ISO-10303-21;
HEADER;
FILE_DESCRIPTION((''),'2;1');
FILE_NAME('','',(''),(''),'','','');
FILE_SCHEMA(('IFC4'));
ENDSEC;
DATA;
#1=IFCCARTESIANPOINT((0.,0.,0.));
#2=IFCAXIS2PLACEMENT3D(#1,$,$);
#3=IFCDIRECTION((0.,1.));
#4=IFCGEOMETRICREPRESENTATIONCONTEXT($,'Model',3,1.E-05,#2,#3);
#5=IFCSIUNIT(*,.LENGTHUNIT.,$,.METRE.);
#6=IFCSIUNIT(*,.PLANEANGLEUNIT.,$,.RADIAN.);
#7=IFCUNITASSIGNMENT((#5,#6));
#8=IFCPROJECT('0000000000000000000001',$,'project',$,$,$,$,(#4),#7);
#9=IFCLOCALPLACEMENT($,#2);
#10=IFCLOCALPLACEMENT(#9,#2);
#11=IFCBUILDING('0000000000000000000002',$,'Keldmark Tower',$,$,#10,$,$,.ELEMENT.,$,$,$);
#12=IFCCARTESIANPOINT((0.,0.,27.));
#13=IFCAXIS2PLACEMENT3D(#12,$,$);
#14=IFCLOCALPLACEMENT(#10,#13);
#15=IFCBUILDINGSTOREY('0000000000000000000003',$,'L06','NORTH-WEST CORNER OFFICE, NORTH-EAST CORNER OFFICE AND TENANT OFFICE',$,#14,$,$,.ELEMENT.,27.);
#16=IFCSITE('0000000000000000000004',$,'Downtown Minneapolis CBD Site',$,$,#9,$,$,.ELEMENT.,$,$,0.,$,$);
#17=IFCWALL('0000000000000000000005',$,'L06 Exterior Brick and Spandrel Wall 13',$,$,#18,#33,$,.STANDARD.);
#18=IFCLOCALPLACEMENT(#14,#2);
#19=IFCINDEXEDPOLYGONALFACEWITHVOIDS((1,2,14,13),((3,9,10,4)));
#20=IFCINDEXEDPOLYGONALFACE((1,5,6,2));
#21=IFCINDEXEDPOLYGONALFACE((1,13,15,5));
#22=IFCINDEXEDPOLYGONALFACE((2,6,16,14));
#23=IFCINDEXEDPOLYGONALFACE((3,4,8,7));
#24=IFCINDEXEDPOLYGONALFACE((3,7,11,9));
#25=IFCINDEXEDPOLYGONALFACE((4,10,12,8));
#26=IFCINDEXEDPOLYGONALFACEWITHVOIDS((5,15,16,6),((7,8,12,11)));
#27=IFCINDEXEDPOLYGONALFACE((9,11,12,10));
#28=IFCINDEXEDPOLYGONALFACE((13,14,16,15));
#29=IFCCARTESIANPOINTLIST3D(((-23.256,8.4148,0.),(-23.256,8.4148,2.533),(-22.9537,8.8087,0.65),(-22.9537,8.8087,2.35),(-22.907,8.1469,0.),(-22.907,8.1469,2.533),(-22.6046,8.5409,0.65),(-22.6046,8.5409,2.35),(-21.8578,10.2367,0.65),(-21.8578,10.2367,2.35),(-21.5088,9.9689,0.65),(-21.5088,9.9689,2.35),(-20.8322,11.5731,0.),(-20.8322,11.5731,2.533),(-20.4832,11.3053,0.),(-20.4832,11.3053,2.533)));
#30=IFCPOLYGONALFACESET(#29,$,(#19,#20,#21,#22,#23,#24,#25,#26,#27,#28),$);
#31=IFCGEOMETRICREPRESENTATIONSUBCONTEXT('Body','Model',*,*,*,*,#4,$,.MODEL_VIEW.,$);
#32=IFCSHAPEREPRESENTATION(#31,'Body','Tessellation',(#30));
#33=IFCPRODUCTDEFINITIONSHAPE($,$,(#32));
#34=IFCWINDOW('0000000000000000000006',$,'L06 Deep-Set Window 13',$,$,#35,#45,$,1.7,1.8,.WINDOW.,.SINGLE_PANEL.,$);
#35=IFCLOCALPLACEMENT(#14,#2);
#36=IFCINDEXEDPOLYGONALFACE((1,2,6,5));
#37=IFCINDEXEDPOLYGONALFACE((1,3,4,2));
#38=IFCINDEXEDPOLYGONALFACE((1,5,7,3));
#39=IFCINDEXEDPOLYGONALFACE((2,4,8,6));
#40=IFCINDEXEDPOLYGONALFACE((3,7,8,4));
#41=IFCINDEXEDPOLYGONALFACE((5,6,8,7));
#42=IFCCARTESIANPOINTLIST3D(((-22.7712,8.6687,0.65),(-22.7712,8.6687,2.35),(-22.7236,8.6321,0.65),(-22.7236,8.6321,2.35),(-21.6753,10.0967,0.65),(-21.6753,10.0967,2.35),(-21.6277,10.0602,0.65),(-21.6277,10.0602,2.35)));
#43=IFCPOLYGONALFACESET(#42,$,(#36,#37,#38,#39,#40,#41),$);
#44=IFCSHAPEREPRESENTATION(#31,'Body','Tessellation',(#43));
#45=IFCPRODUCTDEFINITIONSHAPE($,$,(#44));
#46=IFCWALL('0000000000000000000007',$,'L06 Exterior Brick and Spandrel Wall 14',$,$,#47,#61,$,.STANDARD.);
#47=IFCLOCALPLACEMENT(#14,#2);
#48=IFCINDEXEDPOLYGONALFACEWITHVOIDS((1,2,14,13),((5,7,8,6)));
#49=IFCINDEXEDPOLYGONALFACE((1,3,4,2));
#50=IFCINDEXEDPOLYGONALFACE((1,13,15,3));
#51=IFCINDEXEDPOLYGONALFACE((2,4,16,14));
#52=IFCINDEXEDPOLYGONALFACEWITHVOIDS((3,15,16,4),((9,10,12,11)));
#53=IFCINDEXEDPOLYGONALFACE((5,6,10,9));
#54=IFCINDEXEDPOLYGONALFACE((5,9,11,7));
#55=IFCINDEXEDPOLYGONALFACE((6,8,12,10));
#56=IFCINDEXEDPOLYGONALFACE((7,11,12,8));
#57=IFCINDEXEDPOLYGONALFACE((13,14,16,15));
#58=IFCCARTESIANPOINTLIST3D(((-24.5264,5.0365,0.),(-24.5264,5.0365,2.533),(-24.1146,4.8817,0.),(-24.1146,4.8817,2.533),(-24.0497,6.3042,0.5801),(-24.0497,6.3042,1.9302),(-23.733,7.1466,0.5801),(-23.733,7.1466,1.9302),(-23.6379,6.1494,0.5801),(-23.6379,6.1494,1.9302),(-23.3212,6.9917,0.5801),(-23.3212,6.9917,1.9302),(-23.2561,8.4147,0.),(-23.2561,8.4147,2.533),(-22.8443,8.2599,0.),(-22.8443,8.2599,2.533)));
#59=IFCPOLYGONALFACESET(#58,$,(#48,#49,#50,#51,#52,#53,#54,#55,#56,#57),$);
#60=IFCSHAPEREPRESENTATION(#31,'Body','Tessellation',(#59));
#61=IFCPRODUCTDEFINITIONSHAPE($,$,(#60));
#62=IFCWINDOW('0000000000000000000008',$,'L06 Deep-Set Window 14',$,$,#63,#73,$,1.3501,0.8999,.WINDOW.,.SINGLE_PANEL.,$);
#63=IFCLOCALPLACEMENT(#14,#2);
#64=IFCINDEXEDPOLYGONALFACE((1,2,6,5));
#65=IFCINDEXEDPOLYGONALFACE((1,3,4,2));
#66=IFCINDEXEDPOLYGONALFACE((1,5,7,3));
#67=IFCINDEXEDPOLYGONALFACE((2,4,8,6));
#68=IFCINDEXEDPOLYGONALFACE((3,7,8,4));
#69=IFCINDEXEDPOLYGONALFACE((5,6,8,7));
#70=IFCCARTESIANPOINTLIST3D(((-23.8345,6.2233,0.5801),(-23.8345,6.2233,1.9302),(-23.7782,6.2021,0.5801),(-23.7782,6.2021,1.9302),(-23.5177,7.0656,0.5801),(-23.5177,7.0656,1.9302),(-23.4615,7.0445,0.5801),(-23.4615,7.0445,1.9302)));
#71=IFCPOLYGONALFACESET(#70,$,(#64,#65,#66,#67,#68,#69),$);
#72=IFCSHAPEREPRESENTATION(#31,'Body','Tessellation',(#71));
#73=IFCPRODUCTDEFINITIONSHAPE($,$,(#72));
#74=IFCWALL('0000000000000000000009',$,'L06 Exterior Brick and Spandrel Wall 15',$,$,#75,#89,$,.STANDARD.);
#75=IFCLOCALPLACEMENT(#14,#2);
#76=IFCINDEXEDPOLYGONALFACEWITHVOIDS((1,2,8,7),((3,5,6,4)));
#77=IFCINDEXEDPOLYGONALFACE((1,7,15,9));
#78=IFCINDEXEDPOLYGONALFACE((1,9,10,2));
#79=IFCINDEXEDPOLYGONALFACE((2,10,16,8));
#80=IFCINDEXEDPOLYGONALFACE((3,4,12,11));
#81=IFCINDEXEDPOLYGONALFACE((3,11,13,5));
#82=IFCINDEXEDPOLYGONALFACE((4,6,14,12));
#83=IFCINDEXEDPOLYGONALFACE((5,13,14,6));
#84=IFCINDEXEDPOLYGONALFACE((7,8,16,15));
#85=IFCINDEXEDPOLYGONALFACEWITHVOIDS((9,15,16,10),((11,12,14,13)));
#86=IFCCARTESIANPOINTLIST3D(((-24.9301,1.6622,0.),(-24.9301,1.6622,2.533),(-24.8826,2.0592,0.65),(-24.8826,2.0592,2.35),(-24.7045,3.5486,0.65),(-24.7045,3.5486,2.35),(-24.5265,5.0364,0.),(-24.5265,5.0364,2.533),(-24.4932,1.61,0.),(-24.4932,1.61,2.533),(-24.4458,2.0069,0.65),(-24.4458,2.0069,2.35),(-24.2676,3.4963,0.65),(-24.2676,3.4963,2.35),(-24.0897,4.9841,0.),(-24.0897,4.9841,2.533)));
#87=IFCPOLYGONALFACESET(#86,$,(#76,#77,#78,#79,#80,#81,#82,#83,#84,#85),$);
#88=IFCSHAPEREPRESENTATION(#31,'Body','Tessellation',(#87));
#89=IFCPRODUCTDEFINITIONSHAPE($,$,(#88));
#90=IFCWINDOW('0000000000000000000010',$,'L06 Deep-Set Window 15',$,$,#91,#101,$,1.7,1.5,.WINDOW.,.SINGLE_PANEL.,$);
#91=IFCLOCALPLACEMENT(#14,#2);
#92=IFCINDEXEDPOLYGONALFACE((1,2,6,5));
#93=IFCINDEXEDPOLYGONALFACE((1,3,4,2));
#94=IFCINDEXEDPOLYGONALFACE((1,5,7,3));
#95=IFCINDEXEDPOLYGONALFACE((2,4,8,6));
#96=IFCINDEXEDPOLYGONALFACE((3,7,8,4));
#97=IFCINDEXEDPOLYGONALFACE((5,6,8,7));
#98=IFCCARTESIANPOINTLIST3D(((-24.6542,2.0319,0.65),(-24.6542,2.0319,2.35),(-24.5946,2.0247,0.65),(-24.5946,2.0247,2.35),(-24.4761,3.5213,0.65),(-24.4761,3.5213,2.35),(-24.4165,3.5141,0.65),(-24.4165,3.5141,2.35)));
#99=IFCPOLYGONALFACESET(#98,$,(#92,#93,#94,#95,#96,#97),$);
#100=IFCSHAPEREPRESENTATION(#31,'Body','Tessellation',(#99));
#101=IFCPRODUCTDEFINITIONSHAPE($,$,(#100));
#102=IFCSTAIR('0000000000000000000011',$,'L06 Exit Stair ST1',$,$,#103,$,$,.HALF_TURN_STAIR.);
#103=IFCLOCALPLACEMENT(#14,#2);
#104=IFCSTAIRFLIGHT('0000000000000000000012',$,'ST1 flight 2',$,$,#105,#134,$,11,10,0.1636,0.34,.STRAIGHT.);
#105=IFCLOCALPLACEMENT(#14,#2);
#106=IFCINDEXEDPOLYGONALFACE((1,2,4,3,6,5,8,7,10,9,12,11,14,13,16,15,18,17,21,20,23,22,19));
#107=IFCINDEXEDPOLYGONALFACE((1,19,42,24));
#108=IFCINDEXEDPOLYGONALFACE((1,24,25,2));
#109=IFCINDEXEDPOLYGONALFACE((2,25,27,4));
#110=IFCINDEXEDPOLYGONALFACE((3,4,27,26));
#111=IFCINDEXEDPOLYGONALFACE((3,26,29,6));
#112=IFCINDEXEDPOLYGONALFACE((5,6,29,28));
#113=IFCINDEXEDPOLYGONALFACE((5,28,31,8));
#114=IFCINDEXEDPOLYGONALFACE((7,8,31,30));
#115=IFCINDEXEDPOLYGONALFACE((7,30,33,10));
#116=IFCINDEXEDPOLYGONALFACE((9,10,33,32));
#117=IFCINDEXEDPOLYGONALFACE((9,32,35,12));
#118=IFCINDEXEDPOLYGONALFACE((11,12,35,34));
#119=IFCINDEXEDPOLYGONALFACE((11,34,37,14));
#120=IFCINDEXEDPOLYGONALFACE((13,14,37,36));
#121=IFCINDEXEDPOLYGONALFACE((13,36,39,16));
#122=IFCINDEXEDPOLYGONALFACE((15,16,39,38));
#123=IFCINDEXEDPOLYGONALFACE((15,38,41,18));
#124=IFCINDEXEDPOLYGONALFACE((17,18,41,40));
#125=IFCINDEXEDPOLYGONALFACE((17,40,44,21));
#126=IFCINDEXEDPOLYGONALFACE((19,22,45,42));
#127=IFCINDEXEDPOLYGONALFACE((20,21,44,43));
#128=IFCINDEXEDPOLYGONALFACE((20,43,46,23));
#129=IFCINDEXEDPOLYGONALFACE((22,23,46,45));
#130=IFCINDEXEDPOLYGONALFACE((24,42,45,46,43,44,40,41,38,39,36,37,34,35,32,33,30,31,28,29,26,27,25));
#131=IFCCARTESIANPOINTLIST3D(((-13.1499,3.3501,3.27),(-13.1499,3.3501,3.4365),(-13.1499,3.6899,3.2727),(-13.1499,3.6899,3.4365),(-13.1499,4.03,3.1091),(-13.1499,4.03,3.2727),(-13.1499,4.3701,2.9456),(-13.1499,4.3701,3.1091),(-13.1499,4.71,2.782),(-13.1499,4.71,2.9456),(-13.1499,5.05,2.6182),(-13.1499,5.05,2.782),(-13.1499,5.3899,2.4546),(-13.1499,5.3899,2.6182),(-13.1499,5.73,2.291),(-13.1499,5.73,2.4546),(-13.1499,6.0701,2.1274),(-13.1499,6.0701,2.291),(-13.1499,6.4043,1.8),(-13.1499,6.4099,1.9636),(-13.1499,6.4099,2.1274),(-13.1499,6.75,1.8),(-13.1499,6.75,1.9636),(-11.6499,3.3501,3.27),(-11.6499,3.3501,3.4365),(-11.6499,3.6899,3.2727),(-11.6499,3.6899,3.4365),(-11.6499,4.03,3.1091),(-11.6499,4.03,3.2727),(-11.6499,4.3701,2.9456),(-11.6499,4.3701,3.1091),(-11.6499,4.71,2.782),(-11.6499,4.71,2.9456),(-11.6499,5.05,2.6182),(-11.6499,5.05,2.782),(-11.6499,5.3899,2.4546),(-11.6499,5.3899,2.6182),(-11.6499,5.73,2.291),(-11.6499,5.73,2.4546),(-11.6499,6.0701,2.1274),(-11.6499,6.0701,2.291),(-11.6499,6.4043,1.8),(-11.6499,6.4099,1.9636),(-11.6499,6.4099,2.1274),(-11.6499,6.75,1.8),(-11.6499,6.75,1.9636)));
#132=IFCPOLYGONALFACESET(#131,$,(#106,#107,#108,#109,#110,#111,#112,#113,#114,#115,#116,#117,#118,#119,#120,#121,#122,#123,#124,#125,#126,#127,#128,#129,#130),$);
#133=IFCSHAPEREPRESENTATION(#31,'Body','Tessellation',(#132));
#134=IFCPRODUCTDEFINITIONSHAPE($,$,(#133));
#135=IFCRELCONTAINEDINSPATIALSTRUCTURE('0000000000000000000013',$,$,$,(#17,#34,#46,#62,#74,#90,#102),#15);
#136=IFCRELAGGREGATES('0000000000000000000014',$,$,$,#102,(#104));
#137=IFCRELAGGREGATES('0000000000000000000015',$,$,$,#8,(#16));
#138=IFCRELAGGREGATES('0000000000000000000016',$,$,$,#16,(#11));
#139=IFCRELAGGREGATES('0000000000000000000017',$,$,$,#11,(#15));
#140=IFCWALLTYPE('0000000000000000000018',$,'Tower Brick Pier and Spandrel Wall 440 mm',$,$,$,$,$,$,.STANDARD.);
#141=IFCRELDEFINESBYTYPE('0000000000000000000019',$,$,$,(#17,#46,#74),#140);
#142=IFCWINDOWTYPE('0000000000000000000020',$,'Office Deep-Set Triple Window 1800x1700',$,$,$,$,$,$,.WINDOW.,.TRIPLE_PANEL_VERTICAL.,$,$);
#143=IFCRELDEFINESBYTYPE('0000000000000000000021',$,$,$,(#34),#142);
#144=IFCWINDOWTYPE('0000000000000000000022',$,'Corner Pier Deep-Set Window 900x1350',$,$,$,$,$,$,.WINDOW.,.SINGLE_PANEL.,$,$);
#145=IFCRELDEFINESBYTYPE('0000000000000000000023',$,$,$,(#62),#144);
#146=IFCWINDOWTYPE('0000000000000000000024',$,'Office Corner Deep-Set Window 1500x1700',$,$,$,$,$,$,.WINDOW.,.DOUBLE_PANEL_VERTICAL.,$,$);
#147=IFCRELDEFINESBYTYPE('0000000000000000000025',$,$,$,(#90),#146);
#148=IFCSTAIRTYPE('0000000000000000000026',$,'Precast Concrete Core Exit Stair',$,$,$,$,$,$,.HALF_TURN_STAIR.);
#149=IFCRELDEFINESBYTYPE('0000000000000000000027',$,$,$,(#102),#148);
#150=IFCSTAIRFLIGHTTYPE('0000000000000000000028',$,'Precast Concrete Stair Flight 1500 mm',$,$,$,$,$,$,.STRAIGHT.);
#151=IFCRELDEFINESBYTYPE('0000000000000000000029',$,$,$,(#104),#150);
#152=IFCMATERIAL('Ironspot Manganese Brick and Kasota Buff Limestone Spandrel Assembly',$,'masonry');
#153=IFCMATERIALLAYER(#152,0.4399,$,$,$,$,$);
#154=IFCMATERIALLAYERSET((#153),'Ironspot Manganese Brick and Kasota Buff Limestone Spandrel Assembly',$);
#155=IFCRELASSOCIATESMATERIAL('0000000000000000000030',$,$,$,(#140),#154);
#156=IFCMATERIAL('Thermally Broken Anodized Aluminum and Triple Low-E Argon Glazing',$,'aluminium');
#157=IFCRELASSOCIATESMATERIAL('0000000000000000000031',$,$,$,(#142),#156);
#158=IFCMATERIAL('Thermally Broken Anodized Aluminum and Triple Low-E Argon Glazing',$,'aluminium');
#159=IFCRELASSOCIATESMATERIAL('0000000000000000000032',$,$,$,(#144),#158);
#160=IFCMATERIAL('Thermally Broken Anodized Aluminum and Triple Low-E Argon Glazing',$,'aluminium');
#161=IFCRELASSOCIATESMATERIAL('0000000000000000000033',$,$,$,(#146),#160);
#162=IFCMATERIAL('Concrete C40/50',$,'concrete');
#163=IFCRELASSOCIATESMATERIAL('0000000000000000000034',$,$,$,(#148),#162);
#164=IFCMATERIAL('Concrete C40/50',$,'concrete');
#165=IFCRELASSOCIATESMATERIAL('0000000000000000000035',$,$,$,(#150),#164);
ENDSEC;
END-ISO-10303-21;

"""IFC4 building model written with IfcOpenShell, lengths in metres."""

from ifc_helpers import new_model, si_unit, direction, frame, frame_2d, origin, place, context, subcontext, project, spatial, polyline, rectangle, outline, extrude, material, layer, layer_set, type_object, element, fill, aggregate, save


model = new_model("IFC4")

# Units and contexts
model_context = context("Model", 3, precision=1e-05, world=origin(), true_north=direction((0.0, 1.0)))
body_context = subcontext(model_context, "Body", "Model", "MODEL_VIEW")
ifc_project = project(units=[si_unit("LENGTHUNIT", "METRE"), si_unit("PLANEANGLEUNIT", "RADIAN")], contexts=[model_context])

# Site, building, storey
site_placement = place(None, origin())
site = spatial("IfcSite", under=ifc_project, at=site_placement, Name="Downtown Minneapolis CBD Site", CompositionType="ELEMENT", RefElevation=0.0)
building_placement = place(site_placement, origin())
building = spatial("IfcBuilding", under=site, at=building_placement, Name="Keldmark Tower", CompositionType="ELEMENT")
storey_placement = place(building_placement, frame((0.0, 0.0, 27.0)))
storey = spatial("IfcBuildingStorey", under=building, at=storey_placement, Name="L06", Description="NORTH-WEST CORNER OFFICE, NORTH-EAST CORNER OFFICE AND TENANT OFFICE", CompositionType="ELEMENT", Elevation=27.0)

# Walls, openings, windows
ifc_material_1 = material(Name="Ironspot Manganese Brick and Kasota Buff Limestone Spandrel Assembly", Category="masonry")
ifc_layer_1 = layer(ifc_material_1, 0.4399)
ifc_layer_set_1 = layer_set([ifc_layer_1], Name="Ironspot Manganese Brick and Kasota Buff Limestone Spandrel Assembly")
wall_type_1 = type_object("IfcWallType", Name="Tower Brick Pier and Spandrel Wall 440 mm", PredefinedType="STANDARD", material=ifc_layer_set_1)
wall_1_placement = place(storey_placement, frame((-23.0815, 8.2808, 0.0), z_axis=(0.0, 0.0, 1.0), x_axis=(0.608804, 0.793321, 0.0)))
wall_1 = element("IfcWall", 1, at=wall_1_placement, inside=storey, type_object=wall_type_1, Name="L06 Exterior Brick and Spandrel Wall 13", PredefinedType="STANDARD", context=body_context, shape_type="SweptSolid", body=[
    extrude(rectangle(XDim=3.9812, YDim=0.4399, at=frame_2d((1.9907, 0.0))), origin(), (0.0, 0.0, 1.0), 2.533),
])
opening_1_placement = place(wall_1_placement, frame((0.4968, 0.0, 0.6499)))
opening_1 = element("IfcOpeningElement", 2, at=opening_1_placement, cuts=wall_1, PredefinedType="OPENING", context=body_context, shape_type="SweptSolid", body=[
    extrude(rectangle(XDim=1.8, YDim=1.7, at=frame_2d((0.8999, 0.8501))), frame((0.0, 0.23, 0.0), z_axis=(0.0, -1.0, 0.0), x_axis=(1.0, 0.0, 0.0)), (0.0, 0.0, 1.0), 0.46),
])
ifc_material_2 = material(Name="Thermally Broken Anodized Aluminum and Triple Low-E Argon Glazing", Category="aluminium")
window_type_1 = type_object("IfcWindowType", Name="Office Deep-Set Triple Window 1800x1700", PartitioningType="TRIPLE_PANEL_VERTICAL", PredefinedType="WINDOW", material=ifc_material_2)
window_1_placement = place(opening_1_placement, origin())
window_1 = element("IfcWindow", 3, at=window_1_placement, inside=storey, type_object=window_type_1, Name="L06 Deep-Set Window 13", OverallHeight=1.7, OverallWidth=1.8, PartitioningType="SINGLE_PANEL", PredefinedType="WINDOW", context=body_context, shape_type="SweptSolid", body=[
    extrude(rectangle(XDim=1.8, YDim=1.7, at=frame_2d((0.8999, 0.8501))), frame((0.0, -0.01, 0.0), z_axis=(0.0, -1.0, 0.0), x_axis=(1.0, 0.0, 0.0)), (0.0, 0.0, 1.0), 0.0601),
])
fill(opening_1, window_1)
wall_2_placement = place(storey_placement, frame((-24.3206, 4.959, 0.0), z_axis=(0.0, 0.0, 1.0), x_axis=(0.351961, 0.936015, 0.0)))
wall_2 = element("IfcWall", 4, at=wall_2_placement, inside=storey, type_object=wall_type_1, Name="L06 Exterior Brick and Spandrel Wall 14", PredefinedType="STANDARD", context=body_context, shape_type="SweptSolid", body=[
    extrude(rectangle(XDim=3.6091, YDim=0.4399, at=frame_2d((1.8047, 0.0))), origin(), (0.0, 0.0, 1.0), 2.533),
])
opening_2_placement = place(wall_2_placement, frame((1.3545, 0.0, 0.5801)))
opening_2 = element("IfcOpeningElement", 5, at=opening_2_placement, cuts=wall_2, PredefinedType="OPENING", context=body_context, shape_type="SweptSolid", body=[
    extrude(rectangle(XDim=0.8999, YDim=1.3501, at=frame_2d((0.45, 0.675))), frame((0.0, 0.23, 0.0), z_axis=(0.0, -1.0, 0.0), x_axis=(1.0, 0.0, 0.0)), (0.0, 0.0, 1.0), 0.46),
])
ifc_material_3 = material(Name="Thermally Broken Anodized Aluminum and Triple Low-E Argon Glazing", Category="aluminium")
window_type_2 = type_object("IfcWindowType", Name="Corner Pier Deep-Set Window 900x1350", PartitioningType="SINGLE_PANEL", PredefinedType="WINDOW", material=ifc_material_3)
window_2_placement = place(opening_2_placement, origin())
window_2 = element("IfcWindow", 6, at=window_2_placement, inside=storey, type_object=window_type_2, Name="L06 Deep-Set Window 14", OverallHeight=1.3501, OverallWidth=0.8999, PartitioningType="SINGLE_PANEL", PredefinedType="WINDOW", context=body_context, shape_type="SweptSolid", body=[
    extrude(rectangle(XDim=0.8999, YDim=1.3501, at=frame_2d((0.45, 0.675))), frame((0.0, -0.01, 0.0), z_axis=(0.0, -1.0, 0.0), x_axis=(1.0, 0.0, 0.0)), (0.0, 0.0, 1.0), 0.0601),
])
fill(opening_2, window_2)
wall_3_placement = place(storey_placement, frame((-24.7117, 1.636, 0.0), z_axis=(0.0, 0.0, 1.0), x_axis=(0.118754, 0.992924, 0.0)))
wall_3 = element("IfcWall", 7, at=wall_3_placement, inside=storey, type_object=wall_type_1, Name="L06 Exterior Brick and Spandrel Wall 15", PredefinedType="STANDARD", context=body_context, shape_type="SweptSolid", body=[
    extrude(rectangle(XDim=3.3982, YDim=0.4399, at=frame_2d((1.6992, 0.0))), origin(), (0.0, 0.0, 1.0), 2.533),
])
opening_3_placement = place(wall_3_placement, frame((0.3999, 0.0, 0.6499)))
opening_3 = element("IfcOpeningElement", 8, at=opening_3_placement, cuts=wall_3, PredefinedType="OPENING", context=body_context, shape_type="SweptSolid", body=[
    extrude(rectangle(XDim=1.5, YDim=1.7, at=frame_2d((0.75, 0.8501))), frame((0.0, 0.23, 0.0), z_axis=(0.0, -1.0, 0.0), x_axis=(1.0, 0.0, 0.0)), (0.0, 0.0, 1.0), 0.46),
])
ifc_material_4 = material(Name="Thermally Broken Anodized Aluminum and Triple Low-E Argon Glazing", Category="aluminium")
window_type_3 = type_object("IfcWindowType", Name="Office Corner Deep-Set Window 1500x1700", PartitioningType="DOUBLE_PANEL_VERTICAL", PredefinedType="WINDOW", material=ifc_material_4)
window_3_placement = place(opening_3_placement, origin())
window_3 = element("IfcWindow", 9, at=window_3_placement, inside=storey, type_object=window_type_3, Name="L06 Deep-Set Window 15", OverallHeight=1.7, OverallWidth=1.5, PartitioningType="SINGLE_PANEL", PredefinedType="WINDOW", context=body_context, shape_type="SweptSolid", body=[
    extrude(rectangle(XDim=1.5, YDim=1.7, at=frame_2d((0.75, 0.8501))), frame((0.0, -0.01, 0.0), z_axis=(0.0, -1.0, 0.0), x_axis=(1.0, 0.0, 0.0)), (0.0, 0.0, 1.0), 0.0601),
])
fill(opening_3, window_3)

# Stair, stair flight
ifc_material_5 = material(Name="Concrete C40/50", Category="concrete")
stair_type = type_object("IfcStairType", Name="Precast Concrete Core Exit Stair", PredefinedType="HALF_TURN_STAIR", material=ifc_material_5)
stair_placement = place(storey_placement, origin())
stair = element("IfcStair", 10, at=stair_placement, inside=storey, type_object=stair_type, Name="L06 Exit Stair ST1", PredefinedType="HALF_TURN_STAIR")
ifc_material_6 = material(Name="Concrete C40/50", Category="concrete")
stair_flight_type = type_object("IfcStairFlightType", Name="Precast Concrete Stair Flight 1500 mm", PredefinedType="STRAIGHT", material=ifc_material_6)
stair_flight_placement = place(storey_placement, frame((-12.3999, 6.75, 1.8), z_axis=(0.0, 0.0, 1.0), x_axis=(0.0, -1.0, 0.0)))
stair_flight = element("IfcStairFlight", 11, at=stair_flight_placement, type_object=stair_flight_type, Name="ST1 flight 2", NumberOfRisers=11, NumberOfTreads=10, PredefinedType="STRAIGHT", RiserHeight=0.1636, TreadLength=0.34, context=body_context, shape_type="SweptSolid", body=[
    extrude(outline(polyline([(0.0, 0.0), (0.0, 0.1636), (0.3401, 0.1636), (0.3401, 0.3274), (0.6799, 0.3274), (0.6799, 0.491), (1.02, 0.491), (1.02, 0.6545), (1.3601, 0.6545), (1.3601, 0.8181), (1.7, 0.8181), (1.7, 0.9819), (2.04, 0.9819), (2.04, 1.1455), (2.3799, 1.1455), (2.3799, 1.3091), (2.72, 1.3091), (2.72, 1.4727), (3.0601, 1.4727), (3.0601, 1.6365), (3.3999, 1.6365), (3.3999, 1.8), (3.3999, 1.47), (0.3457, 0.0), (0.0, 0.0)])), frame((0.0, 0.75, 0.0), z_axis=(0.0, -1.0, 0.0), x_axis=(1.0, 0.0, 0.0)), (0.0, 0.0, 1.0), 1.5),
])
aggregate(stair, [stair_flight])

save(model, "model.ifc")
